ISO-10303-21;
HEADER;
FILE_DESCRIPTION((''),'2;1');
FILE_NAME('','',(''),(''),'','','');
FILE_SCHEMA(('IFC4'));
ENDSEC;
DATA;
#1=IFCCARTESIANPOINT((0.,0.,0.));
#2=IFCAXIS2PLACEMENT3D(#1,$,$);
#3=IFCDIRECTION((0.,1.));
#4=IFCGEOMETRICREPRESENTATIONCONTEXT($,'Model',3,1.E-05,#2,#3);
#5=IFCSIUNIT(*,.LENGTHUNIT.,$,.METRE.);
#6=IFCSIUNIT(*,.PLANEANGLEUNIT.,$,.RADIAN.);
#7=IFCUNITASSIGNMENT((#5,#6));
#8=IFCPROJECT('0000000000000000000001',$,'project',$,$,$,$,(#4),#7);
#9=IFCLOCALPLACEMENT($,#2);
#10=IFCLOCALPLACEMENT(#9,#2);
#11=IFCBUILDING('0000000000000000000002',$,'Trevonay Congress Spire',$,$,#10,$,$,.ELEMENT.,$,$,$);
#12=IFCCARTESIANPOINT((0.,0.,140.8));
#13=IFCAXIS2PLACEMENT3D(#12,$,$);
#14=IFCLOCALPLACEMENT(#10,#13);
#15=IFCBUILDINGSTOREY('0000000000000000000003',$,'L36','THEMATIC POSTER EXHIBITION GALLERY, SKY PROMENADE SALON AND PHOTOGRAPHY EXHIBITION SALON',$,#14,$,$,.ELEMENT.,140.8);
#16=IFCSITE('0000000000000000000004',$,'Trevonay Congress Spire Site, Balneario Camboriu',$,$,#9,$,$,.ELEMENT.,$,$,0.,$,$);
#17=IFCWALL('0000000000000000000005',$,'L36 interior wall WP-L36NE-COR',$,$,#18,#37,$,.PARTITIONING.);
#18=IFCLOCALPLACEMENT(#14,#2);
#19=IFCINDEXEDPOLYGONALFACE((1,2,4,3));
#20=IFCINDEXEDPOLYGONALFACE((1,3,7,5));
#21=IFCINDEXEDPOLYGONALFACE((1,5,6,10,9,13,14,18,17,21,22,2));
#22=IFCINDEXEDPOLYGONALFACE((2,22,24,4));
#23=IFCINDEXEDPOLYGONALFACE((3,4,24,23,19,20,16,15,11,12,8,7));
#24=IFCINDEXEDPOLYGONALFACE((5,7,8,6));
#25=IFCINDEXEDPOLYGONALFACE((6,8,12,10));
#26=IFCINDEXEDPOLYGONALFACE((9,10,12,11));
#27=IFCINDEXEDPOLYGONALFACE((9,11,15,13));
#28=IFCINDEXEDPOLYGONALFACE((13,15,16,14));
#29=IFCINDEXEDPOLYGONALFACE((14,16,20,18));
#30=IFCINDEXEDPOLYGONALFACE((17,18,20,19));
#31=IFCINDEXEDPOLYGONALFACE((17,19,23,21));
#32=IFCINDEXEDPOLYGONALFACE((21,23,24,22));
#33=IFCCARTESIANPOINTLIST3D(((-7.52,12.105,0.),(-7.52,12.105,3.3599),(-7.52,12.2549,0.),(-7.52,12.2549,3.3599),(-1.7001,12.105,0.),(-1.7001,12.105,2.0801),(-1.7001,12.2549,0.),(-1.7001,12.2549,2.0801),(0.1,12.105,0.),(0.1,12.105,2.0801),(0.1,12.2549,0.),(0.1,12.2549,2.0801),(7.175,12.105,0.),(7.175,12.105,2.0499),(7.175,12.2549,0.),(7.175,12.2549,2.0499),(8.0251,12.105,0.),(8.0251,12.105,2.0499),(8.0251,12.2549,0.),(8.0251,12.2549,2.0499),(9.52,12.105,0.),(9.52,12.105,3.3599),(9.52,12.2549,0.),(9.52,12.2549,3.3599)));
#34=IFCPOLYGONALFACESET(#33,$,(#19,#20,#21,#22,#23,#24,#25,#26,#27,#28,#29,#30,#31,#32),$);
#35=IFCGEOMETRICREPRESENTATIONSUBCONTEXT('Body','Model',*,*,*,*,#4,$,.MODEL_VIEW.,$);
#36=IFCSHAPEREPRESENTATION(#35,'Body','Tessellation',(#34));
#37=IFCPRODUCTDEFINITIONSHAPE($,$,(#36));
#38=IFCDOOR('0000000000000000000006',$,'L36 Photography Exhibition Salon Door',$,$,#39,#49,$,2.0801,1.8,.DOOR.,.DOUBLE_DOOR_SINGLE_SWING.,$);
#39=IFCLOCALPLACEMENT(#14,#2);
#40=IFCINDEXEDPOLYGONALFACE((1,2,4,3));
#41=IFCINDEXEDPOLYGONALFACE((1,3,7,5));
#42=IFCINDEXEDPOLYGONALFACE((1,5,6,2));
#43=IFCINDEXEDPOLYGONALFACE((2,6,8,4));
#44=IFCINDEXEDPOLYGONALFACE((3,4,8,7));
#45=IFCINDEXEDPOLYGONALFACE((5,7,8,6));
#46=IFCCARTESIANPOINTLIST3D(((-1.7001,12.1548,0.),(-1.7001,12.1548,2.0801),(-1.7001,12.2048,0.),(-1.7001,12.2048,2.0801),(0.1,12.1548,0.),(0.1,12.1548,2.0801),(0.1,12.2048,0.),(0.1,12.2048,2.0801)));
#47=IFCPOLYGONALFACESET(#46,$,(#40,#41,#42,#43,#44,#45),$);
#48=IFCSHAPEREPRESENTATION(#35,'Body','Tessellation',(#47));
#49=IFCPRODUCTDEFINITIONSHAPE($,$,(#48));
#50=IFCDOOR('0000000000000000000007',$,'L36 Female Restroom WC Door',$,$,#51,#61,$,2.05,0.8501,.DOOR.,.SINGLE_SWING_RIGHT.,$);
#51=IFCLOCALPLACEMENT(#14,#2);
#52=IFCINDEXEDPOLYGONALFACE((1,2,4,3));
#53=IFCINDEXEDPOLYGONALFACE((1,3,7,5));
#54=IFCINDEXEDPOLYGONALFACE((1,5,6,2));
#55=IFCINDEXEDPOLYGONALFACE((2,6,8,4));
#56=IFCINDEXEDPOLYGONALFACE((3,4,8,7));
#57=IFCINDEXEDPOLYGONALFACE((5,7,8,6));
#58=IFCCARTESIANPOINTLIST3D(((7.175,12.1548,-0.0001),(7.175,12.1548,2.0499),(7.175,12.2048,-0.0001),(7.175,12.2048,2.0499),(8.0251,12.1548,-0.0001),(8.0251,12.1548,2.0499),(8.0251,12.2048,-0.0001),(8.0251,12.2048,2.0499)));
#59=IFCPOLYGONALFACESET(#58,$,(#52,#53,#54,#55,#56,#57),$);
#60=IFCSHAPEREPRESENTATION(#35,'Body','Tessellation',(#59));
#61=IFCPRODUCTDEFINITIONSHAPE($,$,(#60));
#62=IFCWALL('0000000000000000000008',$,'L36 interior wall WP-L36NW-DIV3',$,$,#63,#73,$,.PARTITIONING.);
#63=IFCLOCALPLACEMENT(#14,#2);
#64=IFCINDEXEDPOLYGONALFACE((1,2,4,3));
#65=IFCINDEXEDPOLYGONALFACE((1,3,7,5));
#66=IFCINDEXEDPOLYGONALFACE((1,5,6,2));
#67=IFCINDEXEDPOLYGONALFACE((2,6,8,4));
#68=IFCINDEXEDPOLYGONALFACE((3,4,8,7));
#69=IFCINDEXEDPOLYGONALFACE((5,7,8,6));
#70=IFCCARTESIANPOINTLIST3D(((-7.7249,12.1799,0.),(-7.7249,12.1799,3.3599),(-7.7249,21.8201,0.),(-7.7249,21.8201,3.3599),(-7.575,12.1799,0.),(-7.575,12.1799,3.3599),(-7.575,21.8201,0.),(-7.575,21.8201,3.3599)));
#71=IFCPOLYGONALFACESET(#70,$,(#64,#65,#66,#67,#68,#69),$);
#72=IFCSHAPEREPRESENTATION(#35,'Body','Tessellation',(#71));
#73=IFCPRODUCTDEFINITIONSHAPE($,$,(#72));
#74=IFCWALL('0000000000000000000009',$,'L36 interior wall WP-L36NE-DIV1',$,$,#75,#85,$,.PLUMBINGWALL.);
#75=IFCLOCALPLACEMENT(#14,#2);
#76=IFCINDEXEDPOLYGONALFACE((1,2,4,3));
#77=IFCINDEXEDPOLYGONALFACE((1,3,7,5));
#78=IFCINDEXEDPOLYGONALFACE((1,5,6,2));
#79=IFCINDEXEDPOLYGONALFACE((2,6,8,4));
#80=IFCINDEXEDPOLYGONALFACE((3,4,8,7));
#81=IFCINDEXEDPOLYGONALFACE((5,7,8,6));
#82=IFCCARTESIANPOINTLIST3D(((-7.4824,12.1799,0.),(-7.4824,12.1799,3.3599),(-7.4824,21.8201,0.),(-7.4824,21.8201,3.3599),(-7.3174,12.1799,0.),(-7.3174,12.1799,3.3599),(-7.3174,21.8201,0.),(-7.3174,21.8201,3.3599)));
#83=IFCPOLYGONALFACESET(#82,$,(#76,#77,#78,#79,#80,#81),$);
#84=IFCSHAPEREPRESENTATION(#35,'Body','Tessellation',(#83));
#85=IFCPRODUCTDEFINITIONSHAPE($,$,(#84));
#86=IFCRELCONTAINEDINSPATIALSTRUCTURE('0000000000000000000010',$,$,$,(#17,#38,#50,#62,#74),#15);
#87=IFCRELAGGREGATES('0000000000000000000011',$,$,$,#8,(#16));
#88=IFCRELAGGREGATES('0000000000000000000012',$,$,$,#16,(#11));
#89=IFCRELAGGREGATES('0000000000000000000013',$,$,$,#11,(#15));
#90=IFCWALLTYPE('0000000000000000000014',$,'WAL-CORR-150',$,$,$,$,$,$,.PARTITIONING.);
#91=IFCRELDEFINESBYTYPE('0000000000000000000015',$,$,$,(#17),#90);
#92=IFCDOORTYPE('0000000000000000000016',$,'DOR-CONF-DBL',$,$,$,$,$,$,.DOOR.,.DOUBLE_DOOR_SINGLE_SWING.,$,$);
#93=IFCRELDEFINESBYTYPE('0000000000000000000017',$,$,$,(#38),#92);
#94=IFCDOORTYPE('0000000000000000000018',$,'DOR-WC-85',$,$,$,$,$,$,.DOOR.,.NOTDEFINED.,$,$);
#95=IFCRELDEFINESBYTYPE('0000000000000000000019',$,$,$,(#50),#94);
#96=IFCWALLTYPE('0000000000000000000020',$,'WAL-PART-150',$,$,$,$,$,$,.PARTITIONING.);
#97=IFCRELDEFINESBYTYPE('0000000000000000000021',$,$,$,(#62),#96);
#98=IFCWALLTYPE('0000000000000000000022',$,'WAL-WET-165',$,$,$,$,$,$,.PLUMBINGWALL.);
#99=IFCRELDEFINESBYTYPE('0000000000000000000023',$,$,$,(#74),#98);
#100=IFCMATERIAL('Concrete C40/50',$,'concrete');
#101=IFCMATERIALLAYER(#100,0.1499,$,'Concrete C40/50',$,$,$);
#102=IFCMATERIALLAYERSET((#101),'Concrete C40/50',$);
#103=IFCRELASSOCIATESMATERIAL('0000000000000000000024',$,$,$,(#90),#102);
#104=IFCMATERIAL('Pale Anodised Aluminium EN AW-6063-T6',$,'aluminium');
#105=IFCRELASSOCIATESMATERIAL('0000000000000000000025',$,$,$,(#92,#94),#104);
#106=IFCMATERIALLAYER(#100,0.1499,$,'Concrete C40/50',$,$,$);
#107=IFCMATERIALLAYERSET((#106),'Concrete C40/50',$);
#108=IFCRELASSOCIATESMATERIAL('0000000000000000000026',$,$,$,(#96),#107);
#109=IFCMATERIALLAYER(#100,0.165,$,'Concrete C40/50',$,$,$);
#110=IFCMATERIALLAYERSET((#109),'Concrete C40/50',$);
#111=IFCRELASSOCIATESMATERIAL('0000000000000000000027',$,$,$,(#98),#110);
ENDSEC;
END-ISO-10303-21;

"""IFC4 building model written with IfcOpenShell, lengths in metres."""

from ifc_helpers import new_model, si_unit, direction, frame, frame_2d, origin, place, context, subcontext, project, spatial, rectangle, extrude, material, layer, layer_set, type_object, element, fill, save


model = new_model("IFC4")

# Units and contexts
model_context = context("Model", 3, precision=1e-05, world=origin(), true_north=direction((0.0, 1.0)))
body_context = subcontext(model_context, "Body", "Model", "MODEL_VIEW")
ifc_project = project(units=[si_unit("LENGTHUNIT", "METRE"), si_unit("PLANEANGLEUNIT", "RADIAN")], contexts=[model_context])

# Site, building, storey
site_placement = place(None, origin())
site = spatial("IfcSite", under=ifc_project, at=site_placement, Name="Trevonay Congress Spire Site, Balneario Camboriu", CompositionType="ELEMENT", RefElevation=0.0)
building_placement = place(site_placement, origin())
building = spatial("IfcBuilding", under=site, at=building_placement, Name="Trevonay Congress Spire", CompositionType="ELEMENT")
storey_placement = place(building_placement, frame((0.0, 0.0, 140.8)))
storey = spatial("IfcBuildingStorey", under=building, at=storey_placement, Name="L36", Description="THEMATIC POSTER EXHIBITION GALLERY, SKY PROMENADE SALON AND PHOTOGRAPHY EXHIBITION SALON", CompositionType="ELEMENT", Elevation=140.8)

# Shared definitions
ifc_material_1 = material(Name="Pale Anodised Aluminium EN AW-6063-T6", Category="aluminium")

# Wall, openings, doors
ifc_material_2 = material(Name="Concrete C40/50", Category="concrete")
ifc_layer_1 = layer(ifc_material_2, 0.1499, Name="Concrete C40/50")
ifc_layer_set_1 = layer_set([ifc_layer_1], Name="Concrete C40/50")
wall_type_1 = type_object("IfcWallType", Name="WAL-CORR-150", PredefinedType="PARTITIONING", material=ifc_layer_set_1)
wall_1_placement = place(storey_placement, frame((-7.52, 12.1799, 0.0), z_axis=(0.0, 0.0, 1.0), x_axis=(1.0, 0.0, 0.0)))
wall_1 = element("IfcWall", 1, at=wall_1_placement, inside=storey, type_object=wall_type_1, Name="L36 interior wall WP-L36NE-COR", PredefinedType="PARTITIONING", context=body_context, shape_type="SweptSolid", body=[
    extrude(rectangle(XDim=17.04, YDim=0.1499, at=frame_2d((8.52, 0.0))), origin(), (0.0, 0.0, 1.0), 3.3599),
])
opening_1_placement = place(wall_1_placement, frame((5.8201, 0.0, 0.0)))
opening_1 = element("IfcOpeningElement", 2, at=opening_1_placement, cuts=wall_1, PredefinedType="OPENING", context=body_context, shape_type="SweptSolid", body=[
    extrude(rectangle(XDim=1.8, YDim=2.0801, at=frame_2d((0.8999, 1.04))), frame((0.0, 0.085, 0.0), z_axis=(0.0, -1.0, 0.0), x_axis=(1.0, 0.0, 0.0)), (0.0, 0.0, 1.0), 0.1699),
])
opening_2_placement = place(wall_1_placement, frame((14.6951, 0.0, 0.0)))
opening_2 = element("IfcOpeningElement", 3, at=opening_2_placement, cuts=wall_1, PredefinedType="OPENING", context=body_context, shape_type="SweptSolid", body=[
    extrude(rectangle(XDim=0.8501, YDim=2.05, at=frame_2d((0.425, 1.0249))), frame((0.0, 0.085, 0.0), z_axis=(0.0, -1.0, 0.0), x_axis=(1.0, 0.0, 0.0)), (0.0, 0.0, 1.0), 0.1699),
])
door_type_1 = type_object("IfcDoorType", Name="DOR-CONF-DBL", OperationType="DOUBLE_DOOR_SINGLE_SWING", PredefinedType="DOOR", material=ifc_material_1)
door_1_placement = place(opening_1_placement, origin())
door_1 = element("IfcDoor", 4, at=door_1_placement, inside=storey, type_object=door_type_1, Name="L36 Photography Exhibition Salon Door", OperationType="DOUBLE_DOOR_SINGLE_SWING", OverallHeight=2.0801, OverallWidth=1.8, PredefinedType="DOOR", context=body_context, shape_type="SweptSolid", body=[
    extrude(rectangle(XDim=1.8, YDim=2.0801, at=frame_2d((0.8999, 1.04))), frame((0.0, 0.0249, 0.0), z_axis=(0.0, -1.0, 0.0), x_axis=(1.0, 0.0, 0.0)), (0.0, 0.0, 1.0), 0.05),
])
fill(opening_1, door_1)
door_type_2 = type_object("IfcDoorType", Name="DOR-WC-85", OperationType="NOTDEFINED", PredefinedType="DOOR", material=ifc_material_1)
door_2_placement = place(opening_2_placement, origin())
door_2 = element("IfcDoor", 5, at=door_2_placement, inside=storey, type_object=door_type_2, Name="L36 Female Restroom WC Door", OperationType="SINGLE_SWING_RIGHT", OverallHeight=2.05, OverallWidth=0.8501, PredefinedType="DOOR", context=body_context, shape_type="SweptSolid", body=[
    extrude(rectangle(XDim=0.8501, YDim=2.05, at=frame_2d((0.425, 1.0249))), frame((0.0, 0.0249, 0.0), z_axis=(0.0, -1.0, 0.0), x_axis=(1.0, 0.0, 0.0)), (0.0, 0.0, 1.0), 0.05),
])
fill(opening_2, door_2)

# Walls
ifc_layer_2 = layer(ifc_material_2, 0.1499, Name="Concrete C40/50")
ifc_layer_set_2 = layer_set([ifc_layer_2], Name="Concrete C40/50")
wall_type_2 = type_object("IfcWallType", Name="WAL-PART-150", PredefinedType="PARTITIONING", material=ifc_layer_set_2)
wall_2_placement = place(storey_placement, frame((-7.6499, 12.1799, 0.0), z_axis=(0.0, 0.0, 1.0), x_axis=(0.0, 1.0, 0.0)))
element("IfcWall", 6, at=wall_2_placement, inside=storey, type_object=wall_type_2, Name="L36 interior wall WP-L36NW-DIV3", PredefinedType="PARTITIONING", context=body_context, shape_type="SweptSolid", body=[
    extrude(rectangle(XDim=9.6401, YDim=0.1499, at=frame_2d((4.8201, 0.0))), origin(), (0.0, 0.0, 1.0), 3.3599),
])
ifc_layer_3 = layer(ifc_material_2, 0.165, Name="Concrete C40/50")
ifc_layer_set_3 = layer_set([ifc_layer_3], Name="Concrete C40/50")
wall_type_3 = type_object("IfcWallType", Name="WAL-WET-165", PredefinedType="PLUMBINGWALL", material=ifc_layer_set_3)
wall_3_placement = place(storey_placement, frame((-7.3999, 12.1799, 0.0), z_axis=(0.0, 0.0, 1.0), x_axis=(0.0, 1.0, 0.0)))
element("IfcWall", 7, at=wall_3_placement, inside=storey, type_object=wall_type_3, Name="L36 interior wall WP-L36NE-DIV1", PredefinedType="PLUMBINGWALL", context=body_context, shape_type="SweptSolid", body=[
    extrude(rectangle(XDim=9.6401, YDim=0.165, at=frame_2d((4.8201, 0.0))), origin(), (0.0, 0.0, 1.0), 3.3599),
])

save(model, "model.ifc")
